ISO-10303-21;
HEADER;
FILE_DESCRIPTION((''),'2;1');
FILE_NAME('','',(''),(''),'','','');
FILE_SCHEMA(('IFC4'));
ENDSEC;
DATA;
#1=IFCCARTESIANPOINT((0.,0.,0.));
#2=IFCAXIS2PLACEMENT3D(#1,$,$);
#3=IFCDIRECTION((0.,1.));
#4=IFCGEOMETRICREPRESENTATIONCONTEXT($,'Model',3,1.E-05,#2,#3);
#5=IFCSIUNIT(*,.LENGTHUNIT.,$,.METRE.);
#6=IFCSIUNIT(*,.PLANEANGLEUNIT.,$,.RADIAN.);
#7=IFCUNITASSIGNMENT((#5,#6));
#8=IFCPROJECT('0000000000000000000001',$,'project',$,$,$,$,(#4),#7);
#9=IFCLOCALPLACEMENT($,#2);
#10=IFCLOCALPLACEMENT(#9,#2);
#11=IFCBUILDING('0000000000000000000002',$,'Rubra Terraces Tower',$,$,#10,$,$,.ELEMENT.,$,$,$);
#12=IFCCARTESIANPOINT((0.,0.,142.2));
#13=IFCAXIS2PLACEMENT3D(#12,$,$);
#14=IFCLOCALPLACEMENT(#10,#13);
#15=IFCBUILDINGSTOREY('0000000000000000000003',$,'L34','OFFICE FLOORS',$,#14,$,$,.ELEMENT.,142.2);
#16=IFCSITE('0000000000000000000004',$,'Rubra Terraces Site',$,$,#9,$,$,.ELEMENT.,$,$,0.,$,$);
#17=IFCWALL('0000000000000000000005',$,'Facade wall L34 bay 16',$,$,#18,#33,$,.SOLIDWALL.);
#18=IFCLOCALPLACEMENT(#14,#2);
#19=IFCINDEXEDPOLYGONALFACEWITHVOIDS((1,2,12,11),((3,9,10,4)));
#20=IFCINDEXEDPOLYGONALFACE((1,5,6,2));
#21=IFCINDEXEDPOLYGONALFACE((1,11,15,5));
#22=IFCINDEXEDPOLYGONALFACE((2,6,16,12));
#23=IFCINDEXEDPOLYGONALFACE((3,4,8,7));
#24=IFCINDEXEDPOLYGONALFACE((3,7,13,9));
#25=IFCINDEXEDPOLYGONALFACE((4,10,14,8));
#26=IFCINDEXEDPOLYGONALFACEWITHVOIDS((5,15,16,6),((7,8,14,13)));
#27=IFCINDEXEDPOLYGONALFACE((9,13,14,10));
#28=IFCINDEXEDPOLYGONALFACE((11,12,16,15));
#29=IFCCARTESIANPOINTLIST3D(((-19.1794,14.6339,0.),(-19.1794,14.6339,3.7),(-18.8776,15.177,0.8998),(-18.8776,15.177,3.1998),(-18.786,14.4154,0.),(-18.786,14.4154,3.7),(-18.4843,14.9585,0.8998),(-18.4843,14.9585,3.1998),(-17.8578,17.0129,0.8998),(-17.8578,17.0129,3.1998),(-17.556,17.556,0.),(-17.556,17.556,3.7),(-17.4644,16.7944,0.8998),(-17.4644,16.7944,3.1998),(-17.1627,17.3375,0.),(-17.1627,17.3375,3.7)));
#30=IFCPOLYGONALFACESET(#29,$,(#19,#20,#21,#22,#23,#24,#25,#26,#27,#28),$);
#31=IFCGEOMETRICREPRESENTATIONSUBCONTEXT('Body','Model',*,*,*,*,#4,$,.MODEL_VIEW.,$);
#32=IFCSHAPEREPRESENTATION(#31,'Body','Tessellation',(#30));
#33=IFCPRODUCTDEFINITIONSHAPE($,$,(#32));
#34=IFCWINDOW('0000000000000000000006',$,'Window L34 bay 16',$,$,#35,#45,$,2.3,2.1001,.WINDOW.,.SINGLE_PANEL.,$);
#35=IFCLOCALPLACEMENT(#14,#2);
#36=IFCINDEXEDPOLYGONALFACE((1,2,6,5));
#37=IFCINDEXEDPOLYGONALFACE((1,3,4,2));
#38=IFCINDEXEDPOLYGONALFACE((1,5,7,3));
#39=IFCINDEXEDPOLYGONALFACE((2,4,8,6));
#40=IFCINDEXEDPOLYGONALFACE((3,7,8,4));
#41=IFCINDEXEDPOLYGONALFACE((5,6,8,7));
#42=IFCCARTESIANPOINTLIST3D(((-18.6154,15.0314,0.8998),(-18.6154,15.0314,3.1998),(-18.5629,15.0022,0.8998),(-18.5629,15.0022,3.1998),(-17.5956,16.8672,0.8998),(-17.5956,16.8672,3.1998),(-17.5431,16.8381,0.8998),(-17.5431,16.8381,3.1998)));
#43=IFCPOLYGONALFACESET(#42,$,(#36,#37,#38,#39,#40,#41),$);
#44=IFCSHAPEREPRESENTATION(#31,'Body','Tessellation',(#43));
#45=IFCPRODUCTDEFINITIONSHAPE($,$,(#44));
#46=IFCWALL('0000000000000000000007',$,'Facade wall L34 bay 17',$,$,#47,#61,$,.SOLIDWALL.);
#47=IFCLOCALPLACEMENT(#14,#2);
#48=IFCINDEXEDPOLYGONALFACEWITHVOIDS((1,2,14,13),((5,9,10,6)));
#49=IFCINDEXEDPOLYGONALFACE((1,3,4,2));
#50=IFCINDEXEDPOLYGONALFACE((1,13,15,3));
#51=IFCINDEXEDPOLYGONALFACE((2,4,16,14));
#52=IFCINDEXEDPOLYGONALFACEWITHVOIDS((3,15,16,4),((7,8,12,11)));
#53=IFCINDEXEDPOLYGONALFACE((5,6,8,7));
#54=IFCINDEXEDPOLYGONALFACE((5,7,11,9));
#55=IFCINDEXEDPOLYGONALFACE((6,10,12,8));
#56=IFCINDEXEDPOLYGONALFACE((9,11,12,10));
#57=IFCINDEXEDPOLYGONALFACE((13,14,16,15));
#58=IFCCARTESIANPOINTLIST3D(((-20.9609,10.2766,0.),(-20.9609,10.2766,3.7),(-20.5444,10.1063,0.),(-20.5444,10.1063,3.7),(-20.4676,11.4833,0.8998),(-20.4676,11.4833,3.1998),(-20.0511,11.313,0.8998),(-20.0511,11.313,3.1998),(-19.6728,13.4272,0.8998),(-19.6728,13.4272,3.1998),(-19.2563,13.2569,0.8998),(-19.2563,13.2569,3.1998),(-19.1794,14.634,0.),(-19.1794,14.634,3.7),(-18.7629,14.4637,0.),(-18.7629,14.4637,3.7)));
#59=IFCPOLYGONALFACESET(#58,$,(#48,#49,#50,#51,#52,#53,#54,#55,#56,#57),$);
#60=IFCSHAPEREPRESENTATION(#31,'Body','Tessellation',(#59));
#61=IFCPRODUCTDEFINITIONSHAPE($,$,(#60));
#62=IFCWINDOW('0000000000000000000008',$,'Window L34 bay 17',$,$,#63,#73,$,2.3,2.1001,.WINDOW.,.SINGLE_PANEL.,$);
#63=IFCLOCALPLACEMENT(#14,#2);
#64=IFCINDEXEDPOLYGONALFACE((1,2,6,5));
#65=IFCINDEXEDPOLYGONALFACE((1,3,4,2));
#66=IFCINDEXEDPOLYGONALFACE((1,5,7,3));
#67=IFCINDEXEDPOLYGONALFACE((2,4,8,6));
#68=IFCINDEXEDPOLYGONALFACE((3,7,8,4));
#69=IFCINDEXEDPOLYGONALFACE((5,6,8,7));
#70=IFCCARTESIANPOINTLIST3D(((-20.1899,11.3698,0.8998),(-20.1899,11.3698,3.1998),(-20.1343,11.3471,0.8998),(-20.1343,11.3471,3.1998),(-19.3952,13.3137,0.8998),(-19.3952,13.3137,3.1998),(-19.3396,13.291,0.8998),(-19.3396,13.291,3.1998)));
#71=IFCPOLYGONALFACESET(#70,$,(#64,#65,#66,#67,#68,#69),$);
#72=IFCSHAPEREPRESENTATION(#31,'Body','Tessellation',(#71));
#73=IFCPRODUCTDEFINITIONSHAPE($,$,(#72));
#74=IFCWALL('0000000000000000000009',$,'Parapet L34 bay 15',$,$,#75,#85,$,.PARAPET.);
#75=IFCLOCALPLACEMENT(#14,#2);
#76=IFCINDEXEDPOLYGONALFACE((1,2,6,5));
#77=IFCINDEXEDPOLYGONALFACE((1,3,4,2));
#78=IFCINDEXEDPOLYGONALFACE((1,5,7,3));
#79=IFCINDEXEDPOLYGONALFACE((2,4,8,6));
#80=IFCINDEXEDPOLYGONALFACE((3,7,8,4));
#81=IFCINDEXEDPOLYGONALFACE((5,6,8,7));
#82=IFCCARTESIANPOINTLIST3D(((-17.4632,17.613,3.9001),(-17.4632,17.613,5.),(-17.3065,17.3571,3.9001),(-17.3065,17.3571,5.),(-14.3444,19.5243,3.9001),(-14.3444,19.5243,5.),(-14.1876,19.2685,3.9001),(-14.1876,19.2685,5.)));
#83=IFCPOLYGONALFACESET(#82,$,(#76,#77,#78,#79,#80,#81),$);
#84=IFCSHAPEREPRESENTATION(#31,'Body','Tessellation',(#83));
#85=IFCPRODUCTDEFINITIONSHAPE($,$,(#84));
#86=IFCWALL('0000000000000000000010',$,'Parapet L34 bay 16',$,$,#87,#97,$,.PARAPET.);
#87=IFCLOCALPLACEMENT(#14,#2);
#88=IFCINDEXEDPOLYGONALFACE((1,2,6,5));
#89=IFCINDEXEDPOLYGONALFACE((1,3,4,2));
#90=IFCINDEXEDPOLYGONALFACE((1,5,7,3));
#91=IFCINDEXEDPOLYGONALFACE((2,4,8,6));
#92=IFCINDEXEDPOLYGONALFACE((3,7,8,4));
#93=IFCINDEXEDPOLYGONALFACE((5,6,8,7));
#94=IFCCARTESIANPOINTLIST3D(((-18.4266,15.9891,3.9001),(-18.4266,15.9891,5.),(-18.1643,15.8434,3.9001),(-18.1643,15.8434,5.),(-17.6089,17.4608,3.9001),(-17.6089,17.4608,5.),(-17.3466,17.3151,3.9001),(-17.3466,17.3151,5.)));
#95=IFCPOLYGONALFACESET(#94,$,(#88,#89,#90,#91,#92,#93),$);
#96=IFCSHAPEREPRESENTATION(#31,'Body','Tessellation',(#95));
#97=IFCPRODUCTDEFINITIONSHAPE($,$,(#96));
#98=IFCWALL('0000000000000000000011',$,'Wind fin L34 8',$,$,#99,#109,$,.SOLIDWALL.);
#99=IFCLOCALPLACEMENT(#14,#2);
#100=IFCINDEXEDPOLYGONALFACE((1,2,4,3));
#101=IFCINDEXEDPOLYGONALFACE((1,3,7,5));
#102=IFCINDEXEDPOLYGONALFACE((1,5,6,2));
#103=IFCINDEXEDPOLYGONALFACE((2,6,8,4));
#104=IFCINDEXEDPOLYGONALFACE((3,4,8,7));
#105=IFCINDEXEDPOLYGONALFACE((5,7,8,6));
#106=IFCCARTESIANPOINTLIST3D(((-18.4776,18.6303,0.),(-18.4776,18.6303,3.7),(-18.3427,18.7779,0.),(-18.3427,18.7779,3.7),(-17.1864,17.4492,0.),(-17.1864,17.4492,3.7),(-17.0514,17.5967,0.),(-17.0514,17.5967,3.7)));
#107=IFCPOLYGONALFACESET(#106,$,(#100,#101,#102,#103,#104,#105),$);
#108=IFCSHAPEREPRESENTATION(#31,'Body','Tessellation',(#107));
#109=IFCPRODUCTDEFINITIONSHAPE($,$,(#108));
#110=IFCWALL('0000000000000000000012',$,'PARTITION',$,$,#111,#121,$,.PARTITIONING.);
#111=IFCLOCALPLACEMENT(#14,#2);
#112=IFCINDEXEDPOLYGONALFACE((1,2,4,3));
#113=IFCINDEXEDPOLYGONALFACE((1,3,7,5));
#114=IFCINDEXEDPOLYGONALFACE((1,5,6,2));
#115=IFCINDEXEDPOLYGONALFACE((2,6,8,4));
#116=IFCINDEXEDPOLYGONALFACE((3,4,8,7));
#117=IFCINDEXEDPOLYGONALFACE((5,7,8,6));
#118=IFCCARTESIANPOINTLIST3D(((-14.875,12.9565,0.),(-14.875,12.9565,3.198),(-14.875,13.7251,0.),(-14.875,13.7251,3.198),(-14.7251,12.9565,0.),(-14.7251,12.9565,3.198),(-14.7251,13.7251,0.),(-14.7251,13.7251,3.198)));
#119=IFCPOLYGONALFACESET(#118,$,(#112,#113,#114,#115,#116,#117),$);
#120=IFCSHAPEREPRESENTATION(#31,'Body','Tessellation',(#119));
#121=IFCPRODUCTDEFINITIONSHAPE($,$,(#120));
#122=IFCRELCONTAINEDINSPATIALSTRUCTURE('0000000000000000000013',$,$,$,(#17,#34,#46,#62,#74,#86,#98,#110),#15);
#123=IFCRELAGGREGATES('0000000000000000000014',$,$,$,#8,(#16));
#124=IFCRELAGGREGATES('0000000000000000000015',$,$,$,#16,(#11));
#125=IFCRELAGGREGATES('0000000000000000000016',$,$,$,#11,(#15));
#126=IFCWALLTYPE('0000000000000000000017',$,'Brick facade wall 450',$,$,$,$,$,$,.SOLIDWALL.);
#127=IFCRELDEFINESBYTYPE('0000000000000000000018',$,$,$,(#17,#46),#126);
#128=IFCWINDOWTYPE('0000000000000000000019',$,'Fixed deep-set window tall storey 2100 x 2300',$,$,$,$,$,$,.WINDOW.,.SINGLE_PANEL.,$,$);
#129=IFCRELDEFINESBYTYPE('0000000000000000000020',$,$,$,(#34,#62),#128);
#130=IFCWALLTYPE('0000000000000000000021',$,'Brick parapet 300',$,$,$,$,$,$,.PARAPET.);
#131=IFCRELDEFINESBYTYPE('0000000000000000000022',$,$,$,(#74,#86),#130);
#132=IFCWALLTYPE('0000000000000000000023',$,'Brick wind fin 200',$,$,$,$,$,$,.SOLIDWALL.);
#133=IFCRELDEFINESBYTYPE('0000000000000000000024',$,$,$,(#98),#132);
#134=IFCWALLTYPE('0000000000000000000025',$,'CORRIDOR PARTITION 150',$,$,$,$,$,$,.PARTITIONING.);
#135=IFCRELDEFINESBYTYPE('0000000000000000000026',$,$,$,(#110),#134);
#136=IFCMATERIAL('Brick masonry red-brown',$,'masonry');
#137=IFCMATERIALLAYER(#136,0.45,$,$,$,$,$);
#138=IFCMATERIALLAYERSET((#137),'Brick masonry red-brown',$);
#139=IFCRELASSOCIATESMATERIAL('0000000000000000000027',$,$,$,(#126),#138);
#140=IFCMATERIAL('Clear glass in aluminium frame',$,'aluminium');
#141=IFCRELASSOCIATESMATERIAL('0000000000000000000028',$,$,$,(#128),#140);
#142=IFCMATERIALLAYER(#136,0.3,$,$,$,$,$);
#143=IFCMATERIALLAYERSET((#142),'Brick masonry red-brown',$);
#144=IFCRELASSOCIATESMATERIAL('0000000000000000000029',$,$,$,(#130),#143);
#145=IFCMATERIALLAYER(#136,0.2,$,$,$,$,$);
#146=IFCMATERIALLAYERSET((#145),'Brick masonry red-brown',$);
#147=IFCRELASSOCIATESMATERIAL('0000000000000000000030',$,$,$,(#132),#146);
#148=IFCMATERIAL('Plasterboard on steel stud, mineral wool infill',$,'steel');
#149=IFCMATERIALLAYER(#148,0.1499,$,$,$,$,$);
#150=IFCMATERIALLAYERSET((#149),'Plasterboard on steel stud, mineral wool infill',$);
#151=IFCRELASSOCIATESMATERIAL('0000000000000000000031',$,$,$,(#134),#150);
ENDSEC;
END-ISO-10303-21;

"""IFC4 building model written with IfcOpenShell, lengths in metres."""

from ifc_helpers import new_model, si_unit, direction, frame, frame_2d, origin, place, context, subcontext, project, spatial, rectangle, extrude, material, layer, layer_set, type_object, element, fill, save


model = new_model("IFC4")

# Units and contexts
model_context = context("Model", 3, precision=1e-05, world=origin(), true_north=direction((0.0, 1.0)))
body_context = subcontext(model_context, "Body", "Model", "MODEL_VIEW")
ifc_project = project(units=[si_unit("LENGTHUNIT", "METRE"), si_unit("PLANEANGLEUNIT", "RADIAN")], contexts=[model_context])

# Site, building, storey
site_placement = place(None, origin())
site = spatial("IfcSite", under=ifc_project, at=site_placement, Name="Rubra Terraces Site", CompositionType="ELEMENT", RefElevation=0.0)
building_placement = place(site_placement, origin())
building = spatial("IfcBuilding", under=site, at=building_placement, Name="Rubra Terraces Tower", CompositionType="ELEMENT")
storey_placement = place(building_placement, frame((0.0, 0.0, 142.2)))
storey = spatial("IfcBuildingStorey", under=building, at=storey_placement, Name="L34", Description="OFFICE FLOORS", CompositionType="ELEMENT", Elevation=142.2)

# Walls, openings, windows
ifc_material_1 = material(Name="Brick masonry red-brown", Category="masonry")
ifc_layer_1 = layer(ifc_material_1, 0.45)
ifc_layer_set_1 = layer_set([ifc_layer_1], Name="Brick masonry red-brown")
wall_type_1 = type_object("IfcWallType", Name="Brick facade wall 450", PredefinedType="SOLIDWALL", material=ifc_layer_set_1)
ifc_material_2 = material(Name="Clear glass in aluminium frame", Category="aluminium")
window_type = type_object("IfcWindowType", Name="Fixed deep-set window tall storey 2100 x 2300", PartitioningType="SINGLE_PANEL", PredefinedType="WINDOW", material=ifc_material_2)
wall_1_placement = place(storey_placement, frame((-17.3594, 17.4468, 0.0), z_axis=(0.0, 0.0, 1.0), x_axis=(-0.485618, -0.874171, 0.0)))
wall_1 = element("IfcWall", 1, at=wall_1_placement, inside=storey, type_object=wall_type_1, Name="Facade wall L34 bay 16", PredefinedType="SOLIDWALL", context=body_context, shape_type="SweptSolid", body=[
    extrude(rectangle(XDim=3.3428, YDim=0.45, at=frame_2d((1.6714, 0.0))), origin(), (0.0, 0.0, 1.0), 3.7),
])
opening_1_placement = place(wall_1_placement, frame((0.6213, 0.0, 0.8999)))
opening_1 = element("IfcOpeningElement", 2, at=opening_1_placement, cuts=wall_1, PredefinedType="OPENING", context=body_context, shape_type="SweptSolid", body=[
    extrude(rectangle(XDim=2.1001, YDim=2.3, at=frame_2d((1.05, 1.1499))), frame((0.0, 0.2349, 0.0), z_axis=(0.0, -1.0, 0.0), x_axis=(1.0, 0.0, 0.0)), (0.0, 0.0, 1.0), 0.47),
])
window_1_placement = place(opening_1_placement, origin())
window_1 = element("IfcWindow", 3, at=window_1_placement, inside=storey, type_object=window_type, Name="Window L34 bay 16", OverallHeight=2.3, OverallWidth=2.1001, PartitioningType="SINGLE_PANEL", PredefinedType="WINDOW", context=body_context, shape_type="SweptSolid", body=[
    extrude(rectangle(XDim=2.1001, YDim=2.3, at=frame_2d((1.05, 1.1499))), frame((0.0, 0.135, 0.0), z_axis=(0.0, -1.0, 0.0), x_axis=(1.0, 0.0, 0.0)), (0.0, 0.0, 1.0), 0.0601),
])
fill(opening_1, window_1)
wall_2_placement = place(storey_placement, frame((-18.9712, 14.5488, 0.0), z_axis=(0.0, 0.0, 1.0), x_axis=(-0.378435, -0.925628, 0.0)))
wall_2 = element("IfcWall", 4, at=wall_2_placement, inside=storey, type_object=wall_type_1, Name="Facade wall L34 bay 17", PredefinedType="SOLIDWALL", context=body_context, shape_type="SweptSolid", body=[
    extrude(rectangle(XDim=4.7075, YDim=0.45, at=frame_2d((2.3538, 0.0))), origin(), (0.0, 0.0, 1.0), 3.7),
])
opening_2_placement = place(wall_2_placement, frame((1.3037, 0.0, 0.8999)))
opening_2 = element("IfcOpeningElement", 5, at=opening_2_placement, cuts=wall_2, PredefinedType="OPENING", context=body_context, shape_type="SweptSolid", body=[
    extrude(rectangle(XDim=2.1001, YDim=2.3, at=frame_2d((1.05, 1.1499))), frame((0.0, 0.2349, 0.0), z_axis=(0.0, -1.0, 0.0), x_axis=(1.0, 0.0, 0.0)), (0.0, 0.0, 1.0), 0.47),
])
window_2_placement = place(opening_2_placement, origin())
window_2 = element("IfcWindow", 6, at=window_2_placement, inside=storey, type_object=window_type, Name="Window L34 bay 17", OverallHeight=2.3, OverallWidth=2.1001, PartitioningType="SINGLE_PANEL", PredefinedType="WINDOW", context=body_context, shape_type="SweptSolid", body=[
    extrude(rectangle(XDim=2.1001, YDim=2.3, at=frame_2d((1.05, 1.1499))), frame((0.0, 0.135, 0.0), z_axis=(0.0, -1.0, 0.0), x_axis=(1.0, 0.0, 0.0)), (0.0, 0.0, 1.0), 0.0601),
])
fill(opening_2, window_2)

# Walls
ifc_layer_2 = layer(ifc_material_1, 0.3)
ifc_layer_set_2 = layer_set([ifc_layer_2], Name="Brick masonry red-brown")
wall_type_2 = type_object("IfcWallType", Name="Brick parapet 300", PredefinedType="PARAPET", material=ifc_layer_set_2)
wall_3_placement = place(storey_placement, frame((-14.2659, 19.3965, 3.9001), z_axis=(0.0, 0.0, 1.0), x_axis=(-0.852626, -0.522521, 0.0)))
element("IfcWall", 7, at=wall_3_placement, inside=storey, type_object=wall_type_2, Name="Parapet L34 bay 15", PredefinedType="PARAPET", context=body_context, shape_type="SweptSolid", body=[
    extrude(rectangle(XDim=3.658, YDim=0.3, at=frame_2d((1.8291, 0.0))), origin(), (0.0, 0.0, 1.0), 1.0999),
])
wall_4_placement = place(storey_placement, frame((-17.4778, 17.3879, 3.9001), z_axis=(0.0, 0.0, 1.0), x_axis=(-0.485655, -0.87415, 0.0)))
element("IfcWall", 8, at=wall_4_placement, inside=storey, type_object=wall_type_2, Name="Parapet L34 bay 16", PredefinedType="PARAPET", context=body_context, shape_type="SweptSolid", body=[
    extrude(rectangle(XDim=1.6836, YDim=0.3, at=frame_2d((0.8418, 0.0))), origin(), (0.0, 0.0, 1.0), 1.0999),
])
ifc_layer_3 = layer(ifc_material_1, 0.2)
ifc_layer_set_3 = layer_set([ifc_layer_3], Name="Brick masonry red-brown")
wall_type_3 = type_object("IfcWallType", Name="Brick wind fin 200", PredefinedType="SOLIDWALL", material=ifc_layer_set_3)
wall_5_placement = place(storey_placement, frame((-17.1189, 17.5229, 0.0), z_axis=(0.0, 0.0, 1.0), x_axis=(-0.737866, 0.674947, 0.0)))
element("IfcWall", 9, at=wall_5_placement, inside=storey, type_object=wall_type_3, Name="Wind fin L34 8", PredefinedType="SOLIDWALL", context=body_context, shape_type="SweptSolid", body=[
    extrude(rectangle(XDim=1.75, YDim=0.2, at=frame_2d((0.875, 0.0))), origin(), (0.0, 0.0, 1.0), 3.7),
])
ifc_material_3 = material(Name="Plasterboard on steel stud, mineral wool infill", Category="steel")
ifc_layer_4 = layer(ifc_material_3, 0.1499)
ifc_layer_set_4 = layer_set([ifc_layer_4], Name="Plasterboard on steel stud, mineral wool infill")
wall_type_4 = type_object("IfcWallType", Name="CORRIDOR PARTITION 150", PredefinedType="PARTITIONING", material=ifc_layer_set_4)
wall_6_placement = place(storey_placement, frame((-14.8, 13.7251, 0.0), z_axis=(0.0, 0.0, 1.0), x_axis=(0.0, -1.0, 0.0)))
element("IfcWall", 10, at=wall_6_placement, inside=storey, type_object=wall_type_4, Name="PARTITION", PredefinedType="PARTITIONING", context=body_context, shape_type="SweptSolid", body=[
    extrude(rectangle(XDim=0.7686, YDim=0.1499, at=frame_2d((0.3843, 0.0))), origin(), (0.0, 0.0, 1.0), 3.198),
])

save(model, "model.ifc")
